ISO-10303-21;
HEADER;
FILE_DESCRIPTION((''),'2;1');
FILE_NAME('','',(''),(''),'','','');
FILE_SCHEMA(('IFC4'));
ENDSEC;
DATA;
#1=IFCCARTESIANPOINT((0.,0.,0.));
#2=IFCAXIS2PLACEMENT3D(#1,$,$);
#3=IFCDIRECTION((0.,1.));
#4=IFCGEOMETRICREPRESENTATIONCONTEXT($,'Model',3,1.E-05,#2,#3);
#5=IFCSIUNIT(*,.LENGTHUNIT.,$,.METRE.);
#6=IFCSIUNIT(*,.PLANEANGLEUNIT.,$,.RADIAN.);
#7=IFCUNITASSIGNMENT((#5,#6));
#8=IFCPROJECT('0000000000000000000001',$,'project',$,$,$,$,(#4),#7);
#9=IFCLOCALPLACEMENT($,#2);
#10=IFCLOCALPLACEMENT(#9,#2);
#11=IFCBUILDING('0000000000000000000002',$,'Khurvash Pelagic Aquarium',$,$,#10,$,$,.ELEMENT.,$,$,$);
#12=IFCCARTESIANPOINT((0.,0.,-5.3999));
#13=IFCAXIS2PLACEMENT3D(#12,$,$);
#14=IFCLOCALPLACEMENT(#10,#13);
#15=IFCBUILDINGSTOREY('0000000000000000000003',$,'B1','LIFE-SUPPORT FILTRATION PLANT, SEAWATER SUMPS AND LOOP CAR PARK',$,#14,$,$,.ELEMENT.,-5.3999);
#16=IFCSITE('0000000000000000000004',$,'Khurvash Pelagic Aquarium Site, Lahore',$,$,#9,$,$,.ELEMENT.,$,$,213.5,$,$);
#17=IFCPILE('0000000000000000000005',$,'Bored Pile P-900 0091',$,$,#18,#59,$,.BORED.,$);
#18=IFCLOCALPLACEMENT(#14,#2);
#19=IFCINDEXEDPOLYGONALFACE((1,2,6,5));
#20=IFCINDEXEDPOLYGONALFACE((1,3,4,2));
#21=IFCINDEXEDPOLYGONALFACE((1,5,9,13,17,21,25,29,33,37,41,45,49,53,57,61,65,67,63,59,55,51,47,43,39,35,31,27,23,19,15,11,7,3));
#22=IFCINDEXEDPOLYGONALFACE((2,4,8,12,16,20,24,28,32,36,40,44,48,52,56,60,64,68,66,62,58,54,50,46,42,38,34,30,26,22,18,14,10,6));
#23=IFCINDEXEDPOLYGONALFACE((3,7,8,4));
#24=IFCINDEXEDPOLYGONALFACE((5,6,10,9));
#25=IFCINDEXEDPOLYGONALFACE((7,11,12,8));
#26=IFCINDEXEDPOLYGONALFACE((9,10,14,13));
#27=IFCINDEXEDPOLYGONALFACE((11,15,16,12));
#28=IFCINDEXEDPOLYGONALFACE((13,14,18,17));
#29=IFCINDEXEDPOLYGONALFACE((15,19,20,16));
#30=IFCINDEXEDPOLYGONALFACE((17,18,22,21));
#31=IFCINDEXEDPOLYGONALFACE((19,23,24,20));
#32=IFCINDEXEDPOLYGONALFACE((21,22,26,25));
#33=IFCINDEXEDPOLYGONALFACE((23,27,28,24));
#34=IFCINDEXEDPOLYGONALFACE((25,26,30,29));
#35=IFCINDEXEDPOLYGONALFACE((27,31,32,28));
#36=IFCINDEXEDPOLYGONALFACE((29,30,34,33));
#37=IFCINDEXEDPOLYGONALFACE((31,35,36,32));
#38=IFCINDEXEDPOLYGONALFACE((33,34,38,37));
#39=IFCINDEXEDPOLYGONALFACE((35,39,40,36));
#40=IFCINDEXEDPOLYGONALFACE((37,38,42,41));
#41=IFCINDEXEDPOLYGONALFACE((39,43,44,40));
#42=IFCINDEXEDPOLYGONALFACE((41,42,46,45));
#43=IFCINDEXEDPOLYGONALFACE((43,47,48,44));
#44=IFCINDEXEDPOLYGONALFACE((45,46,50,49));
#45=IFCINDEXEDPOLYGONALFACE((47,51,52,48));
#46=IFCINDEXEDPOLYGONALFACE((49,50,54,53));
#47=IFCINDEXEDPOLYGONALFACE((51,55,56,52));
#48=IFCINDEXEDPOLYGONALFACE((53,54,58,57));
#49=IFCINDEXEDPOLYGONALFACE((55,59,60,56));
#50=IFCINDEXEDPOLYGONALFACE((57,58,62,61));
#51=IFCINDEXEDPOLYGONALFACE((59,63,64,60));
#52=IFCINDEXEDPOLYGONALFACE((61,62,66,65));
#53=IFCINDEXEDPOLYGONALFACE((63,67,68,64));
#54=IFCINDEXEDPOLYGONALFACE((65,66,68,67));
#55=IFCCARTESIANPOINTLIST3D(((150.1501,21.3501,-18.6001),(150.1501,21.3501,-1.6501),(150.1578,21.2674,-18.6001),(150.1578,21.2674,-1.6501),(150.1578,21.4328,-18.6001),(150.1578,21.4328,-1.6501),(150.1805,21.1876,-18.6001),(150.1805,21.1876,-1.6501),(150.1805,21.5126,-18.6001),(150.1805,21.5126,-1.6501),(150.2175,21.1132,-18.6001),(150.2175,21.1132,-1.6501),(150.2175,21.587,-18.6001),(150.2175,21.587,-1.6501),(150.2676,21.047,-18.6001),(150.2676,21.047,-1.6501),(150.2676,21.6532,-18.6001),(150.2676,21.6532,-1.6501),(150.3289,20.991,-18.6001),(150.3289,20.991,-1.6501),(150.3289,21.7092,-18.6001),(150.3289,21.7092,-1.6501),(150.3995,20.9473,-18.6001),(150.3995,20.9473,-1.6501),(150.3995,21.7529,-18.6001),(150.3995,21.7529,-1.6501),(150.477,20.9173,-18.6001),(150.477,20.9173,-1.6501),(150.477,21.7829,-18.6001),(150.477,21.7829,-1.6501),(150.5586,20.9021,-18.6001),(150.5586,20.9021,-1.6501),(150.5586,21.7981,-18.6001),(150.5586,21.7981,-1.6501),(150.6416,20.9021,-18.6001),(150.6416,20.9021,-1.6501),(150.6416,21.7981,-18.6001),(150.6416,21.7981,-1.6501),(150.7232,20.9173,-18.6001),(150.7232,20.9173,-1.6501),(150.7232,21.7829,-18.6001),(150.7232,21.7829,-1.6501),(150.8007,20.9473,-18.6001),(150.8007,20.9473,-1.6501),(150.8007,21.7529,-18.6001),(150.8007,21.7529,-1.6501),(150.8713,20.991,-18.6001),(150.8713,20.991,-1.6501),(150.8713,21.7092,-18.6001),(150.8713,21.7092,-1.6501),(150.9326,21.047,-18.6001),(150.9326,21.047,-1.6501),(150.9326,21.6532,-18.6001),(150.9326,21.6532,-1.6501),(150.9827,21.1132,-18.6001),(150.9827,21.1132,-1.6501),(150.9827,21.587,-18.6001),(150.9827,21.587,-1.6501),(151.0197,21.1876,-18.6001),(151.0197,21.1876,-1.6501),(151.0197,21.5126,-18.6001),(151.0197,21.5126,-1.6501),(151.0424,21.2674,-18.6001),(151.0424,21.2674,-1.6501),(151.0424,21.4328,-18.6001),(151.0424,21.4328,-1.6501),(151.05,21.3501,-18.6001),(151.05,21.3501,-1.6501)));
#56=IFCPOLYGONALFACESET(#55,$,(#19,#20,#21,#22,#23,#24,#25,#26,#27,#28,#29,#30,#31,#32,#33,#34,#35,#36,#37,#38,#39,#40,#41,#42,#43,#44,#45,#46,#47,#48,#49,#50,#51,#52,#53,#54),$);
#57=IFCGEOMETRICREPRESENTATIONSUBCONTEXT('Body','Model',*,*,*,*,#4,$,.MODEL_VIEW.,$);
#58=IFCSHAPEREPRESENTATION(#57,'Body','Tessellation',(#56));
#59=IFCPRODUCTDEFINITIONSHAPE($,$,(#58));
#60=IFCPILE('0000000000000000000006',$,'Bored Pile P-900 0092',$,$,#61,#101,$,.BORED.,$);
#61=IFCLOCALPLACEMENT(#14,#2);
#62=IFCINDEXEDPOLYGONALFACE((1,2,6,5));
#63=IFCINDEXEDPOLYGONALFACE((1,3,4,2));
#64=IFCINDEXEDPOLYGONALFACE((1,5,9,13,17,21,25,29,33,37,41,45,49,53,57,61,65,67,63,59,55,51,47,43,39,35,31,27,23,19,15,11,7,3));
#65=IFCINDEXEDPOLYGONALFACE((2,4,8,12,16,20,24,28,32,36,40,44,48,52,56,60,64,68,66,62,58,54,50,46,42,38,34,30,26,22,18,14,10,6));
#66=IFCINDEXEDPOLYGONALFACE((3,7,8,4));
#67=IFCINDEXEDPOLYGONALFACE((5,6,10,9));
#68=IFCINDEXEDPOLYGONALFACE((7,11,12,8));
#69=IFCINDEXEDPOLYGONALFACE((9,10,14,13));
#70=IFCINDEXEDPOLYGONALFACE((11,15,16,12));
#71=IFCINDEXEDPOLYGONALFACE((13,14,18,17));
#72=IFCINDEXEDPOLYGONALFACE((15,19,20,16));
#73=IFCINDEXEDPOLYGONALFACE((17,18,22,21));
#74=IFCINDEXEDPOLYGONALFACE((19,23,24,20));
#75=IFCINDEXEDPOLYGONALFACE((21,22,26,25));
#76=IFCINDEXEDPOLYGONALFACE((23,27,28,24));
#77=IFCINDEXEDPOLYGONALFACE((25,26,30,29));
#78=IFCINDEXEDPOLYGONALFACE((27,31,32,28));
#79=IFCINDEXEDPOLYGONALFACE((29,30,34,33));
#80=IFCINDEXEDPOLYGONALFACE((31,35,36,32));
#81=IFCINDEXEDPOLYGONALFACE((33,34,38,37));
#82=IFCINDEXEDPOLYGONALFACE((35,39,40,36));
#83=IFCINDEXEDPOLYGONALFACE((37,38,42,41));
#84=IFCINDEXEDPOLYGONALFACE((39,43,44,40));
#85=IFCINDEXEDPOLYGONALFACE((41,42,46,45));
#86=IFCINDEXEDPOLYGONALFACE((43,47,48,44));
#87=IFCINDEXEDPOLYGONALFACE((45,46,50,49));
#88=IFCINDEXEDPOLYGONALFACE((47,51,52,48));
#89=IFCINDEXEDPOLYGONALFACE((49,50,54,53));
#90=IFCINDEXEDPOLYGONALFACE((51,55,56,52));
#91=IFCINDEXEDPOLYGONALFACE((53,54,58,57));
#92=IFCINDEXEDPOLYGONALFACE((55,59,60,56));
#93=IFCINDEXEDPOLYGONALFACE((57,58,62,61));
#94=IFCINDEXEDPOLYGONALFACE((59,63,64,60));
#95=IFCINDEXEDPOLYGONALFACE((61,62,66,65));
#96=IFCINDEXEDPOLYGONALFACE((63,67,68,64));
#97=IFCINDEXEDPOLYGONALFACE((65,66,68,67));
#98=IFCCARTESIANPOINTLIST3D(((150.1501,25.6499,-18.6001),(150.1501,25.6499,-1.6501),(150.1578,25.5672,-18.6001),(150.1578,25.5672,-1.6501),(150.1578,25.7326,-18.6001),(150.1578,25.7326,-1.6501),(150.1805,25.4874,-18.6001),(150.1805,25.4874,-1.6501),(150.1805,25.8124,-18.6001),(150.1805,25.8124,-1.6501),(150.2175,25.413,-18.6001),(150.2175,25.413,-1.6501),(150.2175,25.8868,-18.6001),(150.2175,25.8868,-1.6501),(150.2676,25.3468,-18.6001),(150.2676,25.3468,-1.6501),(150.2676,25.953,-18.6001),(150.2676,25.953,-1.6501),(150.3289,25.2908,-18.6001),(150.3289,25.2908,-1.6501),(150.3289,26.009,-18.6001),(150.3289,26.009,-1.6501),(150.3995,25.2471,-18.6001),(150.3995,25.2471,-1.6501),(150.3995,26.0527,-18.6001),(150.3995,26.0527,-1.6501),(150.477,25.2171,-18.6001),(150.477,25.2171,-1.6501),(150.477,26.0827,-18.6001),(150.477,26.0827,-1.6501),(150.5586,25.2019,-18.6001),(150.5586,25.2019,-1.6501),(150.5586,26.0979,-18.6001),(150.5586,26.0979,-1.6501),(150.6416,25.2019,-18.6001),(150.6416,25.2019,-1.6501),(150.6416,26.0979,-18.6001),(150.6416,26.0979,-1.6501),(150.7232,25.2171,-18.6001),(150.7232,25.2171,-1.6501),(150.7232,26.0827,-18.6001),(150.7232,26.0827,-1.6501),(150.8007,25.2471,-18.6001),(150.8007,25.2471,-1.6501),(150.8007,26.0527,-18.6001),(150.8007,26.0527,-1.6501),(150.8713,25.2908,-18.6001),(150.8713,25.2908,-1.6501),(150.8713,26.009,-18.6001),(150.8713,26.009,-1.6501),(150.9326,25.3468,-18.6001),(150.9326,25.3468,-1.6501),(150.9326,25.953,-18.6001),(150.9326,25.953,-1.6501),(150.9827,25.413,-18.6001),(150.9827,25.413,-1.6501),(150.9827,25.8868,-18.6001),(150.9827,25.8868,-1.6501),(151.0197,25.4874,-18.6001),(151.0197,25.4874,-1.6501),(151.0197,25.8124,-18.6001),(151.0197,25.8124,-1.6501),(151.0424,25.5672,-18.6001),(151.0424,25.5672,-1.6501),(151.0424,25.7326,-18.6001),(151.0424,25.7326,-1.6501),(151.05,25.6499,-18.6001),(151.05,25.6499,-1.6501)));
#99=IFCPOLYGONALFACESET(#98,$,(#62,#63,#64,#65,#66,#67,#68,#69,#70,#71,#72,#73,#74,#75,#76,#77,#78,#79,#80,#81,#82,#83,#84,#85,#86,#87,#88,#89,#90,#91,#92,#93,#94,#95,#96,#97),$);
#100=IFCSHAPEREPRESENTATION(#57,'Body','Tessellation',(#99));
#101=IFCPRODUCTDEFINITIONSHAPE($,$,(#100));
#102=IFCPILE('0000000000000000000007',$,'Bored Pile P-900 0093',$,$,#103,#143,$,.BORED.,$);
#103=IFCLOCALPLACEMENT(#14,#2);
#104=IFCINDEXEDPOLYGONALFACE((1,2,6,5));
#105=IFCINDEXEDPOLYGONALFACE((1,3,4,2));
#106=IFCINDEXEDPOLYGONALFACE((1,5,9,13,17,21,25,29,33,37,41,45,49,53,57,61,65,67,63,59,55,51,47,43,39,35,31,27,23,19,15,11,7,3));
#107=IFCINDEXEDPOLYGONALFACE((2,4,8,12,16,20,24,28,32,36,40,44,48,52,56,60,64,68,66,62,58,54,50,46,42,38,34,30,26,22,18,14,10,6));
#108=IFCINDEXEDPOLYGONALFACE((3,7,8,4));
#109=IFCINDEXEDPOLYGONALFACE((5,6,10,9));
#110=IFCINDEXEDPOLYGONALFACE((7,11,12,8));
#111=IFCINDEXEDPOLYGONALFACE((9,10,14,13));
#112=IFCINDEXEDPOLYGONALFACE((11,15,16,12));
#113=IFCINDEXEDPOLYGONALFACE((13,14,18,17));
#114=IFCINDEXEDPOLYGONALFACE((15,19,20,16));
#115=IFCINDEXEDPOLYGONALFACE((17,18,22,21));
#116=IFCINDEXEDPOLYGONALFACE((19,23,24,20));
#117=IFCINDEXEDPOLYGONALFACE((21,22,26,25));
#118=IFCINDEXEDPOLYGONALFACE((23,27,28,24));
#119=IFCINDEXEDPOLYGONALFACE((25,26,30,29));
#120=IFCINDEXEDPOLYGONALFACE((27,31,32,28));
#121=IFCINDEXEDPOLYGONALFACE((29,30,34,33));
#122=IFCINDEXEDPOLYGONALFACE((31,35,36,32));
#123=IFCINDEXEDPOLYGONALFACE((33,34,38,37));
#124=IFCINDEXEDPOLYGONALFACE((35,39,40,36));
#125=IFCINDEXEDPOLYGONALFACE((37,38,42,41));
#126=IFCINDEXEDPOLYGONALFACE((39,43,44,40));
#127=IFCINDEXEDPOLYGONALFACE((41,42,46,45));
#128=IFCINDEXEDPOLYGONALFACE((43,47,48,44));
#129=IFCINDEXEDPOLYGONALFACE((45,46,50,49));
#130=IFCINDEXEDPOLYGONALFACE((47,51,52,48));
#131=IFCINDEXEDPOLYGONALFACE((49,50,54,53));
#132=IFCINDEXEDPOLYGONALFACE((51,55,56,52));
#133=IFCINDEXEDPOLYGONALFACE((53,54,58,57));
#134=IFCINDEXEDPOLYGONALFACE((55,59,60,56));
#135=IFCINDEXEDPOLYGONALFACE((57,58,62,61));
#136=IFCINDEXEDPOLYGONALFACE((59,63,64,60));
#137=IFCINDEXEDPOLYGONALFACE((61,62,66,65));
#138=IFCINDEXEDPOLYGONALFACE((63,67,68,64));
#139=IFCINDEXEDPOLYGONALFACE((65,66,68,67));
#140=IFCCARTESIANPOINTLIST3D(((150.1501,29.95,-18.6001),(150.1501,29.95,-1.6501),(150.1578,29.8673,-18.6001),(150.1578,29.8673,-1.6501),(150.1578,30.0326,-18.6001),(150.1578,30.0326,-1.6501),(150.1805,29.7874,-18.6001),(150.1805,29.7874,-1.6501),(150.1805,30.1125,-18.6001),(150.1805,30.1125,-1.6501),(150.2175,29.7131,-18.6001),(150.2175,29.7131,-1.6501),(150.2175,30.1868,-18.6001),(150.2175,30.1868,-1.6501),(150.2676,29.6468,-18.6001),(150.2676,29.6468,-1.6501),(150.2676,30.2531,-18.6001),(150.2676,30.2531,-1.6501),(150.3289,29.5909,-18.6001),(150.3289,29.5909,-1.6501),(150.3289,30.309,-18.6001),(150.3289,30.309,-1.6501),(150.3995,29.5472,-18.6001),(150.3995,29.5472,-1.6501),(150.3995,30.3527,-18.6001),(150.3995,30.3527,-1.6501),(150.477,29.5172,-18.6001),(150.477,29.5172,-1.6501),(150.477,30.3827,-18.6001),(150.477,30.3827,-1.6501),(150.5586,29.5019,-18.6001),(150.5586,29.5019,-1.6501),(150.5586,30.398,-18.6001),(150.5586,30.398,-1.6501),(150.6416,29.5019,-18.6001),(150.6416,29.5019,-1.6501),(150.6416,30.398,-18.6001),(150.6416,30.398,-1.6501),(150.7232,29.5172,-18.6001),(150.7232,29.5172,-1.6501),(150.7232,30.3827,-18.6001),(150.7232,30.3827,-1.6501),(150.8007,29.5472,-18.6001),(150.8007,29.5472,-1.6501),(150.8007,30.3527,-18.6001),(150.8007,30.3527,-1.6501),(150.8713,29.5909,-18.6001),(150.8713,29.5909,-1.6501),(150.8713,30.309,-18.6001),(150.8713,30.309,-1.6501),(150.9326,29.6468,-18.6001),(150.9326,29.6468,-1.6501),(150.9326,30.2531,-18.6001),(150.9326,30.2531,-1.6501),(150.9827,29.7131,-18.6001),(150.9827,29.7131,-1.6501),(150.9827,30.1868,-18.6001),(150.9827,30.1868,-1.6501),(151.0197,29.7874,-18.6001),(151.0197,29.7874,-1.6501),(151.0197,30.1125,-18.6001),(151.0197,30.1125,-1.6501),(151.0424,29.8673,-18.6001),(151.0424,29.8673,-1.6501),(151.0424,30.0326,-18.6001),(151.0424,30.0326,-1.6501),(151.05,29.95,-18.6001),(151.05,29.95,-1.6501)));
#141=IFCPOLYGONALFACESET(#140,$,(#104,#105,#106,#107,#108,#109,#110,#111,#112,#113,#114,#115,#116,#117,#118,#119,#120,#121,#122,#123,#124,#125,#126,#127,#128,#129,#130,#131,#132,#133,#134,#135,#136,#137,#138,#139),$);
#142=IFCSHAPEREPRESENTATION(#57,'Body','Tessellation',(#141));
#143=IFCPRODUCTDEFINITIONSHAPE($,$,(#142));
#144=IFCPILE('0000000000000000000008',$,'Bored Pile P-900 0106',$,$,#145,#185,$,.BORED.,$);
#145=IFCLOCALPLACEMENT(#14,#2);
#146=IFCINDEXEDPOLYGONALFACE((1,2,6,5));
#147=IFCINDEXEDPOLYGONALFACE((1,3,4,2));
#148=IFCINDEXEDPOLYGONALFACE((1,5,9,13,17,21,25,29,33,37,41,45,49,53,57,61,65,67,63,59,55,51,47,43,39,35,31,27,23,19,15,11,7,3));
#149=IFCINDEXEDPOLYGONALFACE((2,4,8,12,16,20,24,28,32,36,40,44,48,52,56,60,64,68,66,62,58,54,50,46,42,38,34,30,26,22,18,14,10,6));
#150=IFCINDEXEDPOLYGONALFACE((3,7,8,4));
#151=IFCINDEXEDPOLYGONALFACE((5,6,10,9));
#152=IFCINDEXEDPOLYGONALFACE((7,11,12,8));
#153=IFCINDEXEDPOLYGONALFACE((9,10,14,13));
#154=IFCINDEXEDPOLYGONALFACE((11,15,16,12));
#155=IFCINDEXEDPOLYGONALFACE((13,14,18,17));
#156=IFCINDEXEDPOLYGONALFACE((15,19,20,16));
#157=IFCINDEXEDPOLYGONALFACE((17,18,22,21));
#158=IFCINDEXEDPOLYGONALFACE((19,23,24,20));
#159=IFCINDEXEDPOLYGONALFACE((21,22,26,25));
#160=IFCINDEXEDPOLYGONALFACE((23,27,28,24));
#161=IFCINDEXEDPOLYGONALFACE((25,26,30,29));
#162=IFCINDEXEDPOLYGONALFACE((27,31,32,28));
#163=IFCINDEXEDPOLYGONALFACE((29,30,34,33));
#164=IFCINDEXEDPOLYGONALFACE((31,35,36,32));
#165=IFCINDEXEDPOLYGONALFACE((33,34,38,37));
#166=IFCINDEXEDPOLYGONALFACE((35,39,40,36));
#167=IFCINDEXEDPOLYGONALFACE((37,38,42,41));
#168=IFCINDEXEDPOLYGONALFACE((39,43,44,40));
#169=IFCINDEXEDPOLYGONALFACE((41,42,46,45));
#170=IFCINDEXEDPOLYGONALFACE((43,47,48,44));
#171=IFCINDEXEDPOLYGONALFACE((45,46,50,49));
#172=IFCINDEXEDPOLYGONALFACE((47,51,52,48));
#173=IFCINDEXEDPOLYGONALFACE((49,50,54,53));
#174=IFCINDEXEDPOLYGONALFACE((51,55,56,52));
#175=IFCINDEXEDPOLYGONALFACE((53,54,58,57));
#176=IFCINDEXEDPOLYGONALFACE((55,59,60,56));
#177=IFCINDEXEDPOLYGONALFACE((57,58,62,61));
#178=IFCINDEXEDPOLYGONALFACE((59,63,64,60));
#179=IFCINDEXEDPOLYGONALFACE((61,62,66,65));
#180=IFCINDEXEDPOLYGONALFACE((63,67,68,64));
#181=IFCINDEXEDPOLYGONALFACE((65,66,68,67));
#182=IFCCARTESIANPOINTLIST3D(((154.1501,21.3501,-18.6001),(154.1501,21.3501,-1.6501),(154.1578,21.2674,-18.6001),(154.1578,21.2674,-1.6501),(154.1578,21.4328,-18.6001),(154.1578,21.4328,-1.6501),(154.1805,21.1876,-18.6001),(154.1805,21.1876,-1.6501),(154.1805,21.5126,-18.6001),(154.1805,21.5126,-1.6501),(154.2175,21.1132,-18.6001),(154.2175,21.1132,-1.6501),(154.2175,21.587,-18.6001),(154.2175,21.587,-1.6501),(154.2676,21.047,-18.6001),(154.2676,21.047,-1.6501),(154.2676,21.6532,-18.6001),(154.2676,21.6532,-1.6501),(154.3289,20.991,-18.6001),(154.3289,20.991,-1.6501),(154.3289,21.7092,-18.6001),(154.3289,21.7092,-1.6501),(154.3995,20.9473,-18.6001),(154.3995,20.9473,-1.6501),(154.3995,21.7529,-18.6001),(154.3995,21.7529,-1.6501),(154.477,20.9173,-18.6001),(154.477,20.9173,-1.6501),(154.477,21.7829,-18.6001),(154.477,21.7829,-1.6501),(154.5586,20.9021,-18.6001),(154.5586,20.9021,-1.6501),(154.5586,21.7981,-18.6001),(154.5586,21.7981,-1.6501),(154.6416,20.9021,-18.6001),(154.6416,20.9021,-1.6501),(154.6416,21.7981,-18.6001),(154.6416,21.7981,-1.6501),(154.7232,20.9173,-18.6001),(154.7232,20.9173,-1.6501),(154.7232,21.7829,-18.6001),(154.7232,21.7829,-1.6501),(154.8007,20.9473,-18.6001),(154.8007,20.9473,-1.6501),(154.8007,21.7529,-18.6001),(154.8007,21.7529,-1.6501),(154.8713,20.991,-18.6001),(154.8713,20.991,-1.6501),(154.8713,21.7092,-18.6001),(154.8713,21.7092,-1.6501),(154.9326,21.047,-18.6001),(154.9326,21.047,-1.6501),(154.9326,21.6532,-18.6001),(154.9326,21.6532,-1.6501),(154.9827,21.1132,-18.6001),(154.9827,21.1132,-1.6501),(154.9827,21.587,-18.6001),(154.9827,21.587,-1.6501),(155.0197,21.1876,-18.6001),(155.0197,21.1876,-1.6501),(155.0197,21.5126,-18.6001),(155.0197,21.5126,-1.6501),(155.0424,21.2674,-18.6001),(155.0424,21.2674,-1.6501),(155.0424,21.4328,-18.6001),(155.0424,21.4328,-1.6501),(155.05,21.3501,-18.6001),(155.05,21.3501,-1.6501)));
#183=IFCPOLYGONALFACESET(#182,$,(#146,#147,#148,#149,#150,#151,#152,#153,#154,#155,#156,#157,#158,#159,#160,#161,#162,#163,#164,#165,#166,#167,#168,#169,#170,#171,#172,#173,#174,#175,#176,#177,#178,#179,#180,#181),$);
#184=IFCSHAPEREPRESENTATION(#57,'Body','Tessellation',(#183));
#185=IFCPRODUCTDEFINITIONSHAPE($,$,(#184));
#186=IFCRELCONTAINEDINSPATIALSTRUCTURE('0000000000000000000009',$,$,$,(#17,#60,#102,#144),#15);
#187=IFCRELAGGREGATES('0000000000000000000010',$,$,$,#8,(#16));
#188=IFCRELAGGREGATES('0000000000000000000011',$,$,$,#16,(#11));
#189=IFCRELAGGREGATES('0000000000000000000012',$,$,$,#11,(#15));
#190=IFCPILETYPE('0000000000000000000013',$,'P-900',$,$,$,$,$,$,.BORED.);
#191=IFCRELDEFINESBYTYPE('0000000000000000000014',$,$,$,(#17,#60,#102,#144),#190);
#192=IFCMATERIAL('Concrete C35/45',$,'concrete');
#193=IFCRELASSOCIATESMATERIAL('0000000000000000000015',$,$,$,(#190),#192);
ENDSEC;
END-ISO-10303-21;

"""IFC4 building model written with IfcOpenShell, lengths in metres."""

from ifc_helpers import new_model, si_unit, direction, frame, origin, origin_2d, place, context, subcontext, project, spatial, circle, extrude, material, material_profile, profile_set, type_object, element, save


model = new_model("IFC4")

# Units and contexts
model_context = context("Model", 3, precision=1e-05, world=origin(), true_north=direction((0.0, 1.0)))
body_context = subcontext(model_context, "Body", "Model", "MODEL_VIEW")
ifc_project = project(units=[si_unit("LENGTHUNIT", "METRE"), si_unit("PLANEANGLEUNIT", "RADIAN")], contexts=[model_context])

# Site, building, storey
site_placement = place(None, origin())
site = spatial("IfcSite", under=ifc_project, at=site_placement, Name="Khurvash Pelagic Aquarium Site, Lahore", CompositionType="ELEMENT", RefElevation=213.5)
building_placement = place(site_placement, origin())
building = spatial("IfcBuilding", under=site, at=building_placement, Name="Khurvash Pelagic Aquarium", CompositionType="ELEMENT")
storey_placement = place(building_placement, frame((0.0, 0.0, -5.3999)))
storey = spatial("IfcBuildingStorey", under=building, at=storey_placement, Name="B1", Description="LIFE-SUPPORT FILTRATION PLANT, SEAWATER SUMPS AND LOOP CAR PARK", CompositionType="ELEMENT", Elevation=-5.3999)

# Piles
ifc_material_1 = material(Name="Concrete C35/45", Category="concrete")
ifc_material_profile_1 = material_profile(ifc_material_1, circle(Radius=0.45, at=origin_2d()), Name="PILE900")
ifc_profile_set_1 = profile_set([ifc_material_profile_1], Name="Concrete C35/45")
pile_type = type_object("IfcPileType", Name="P-900", PredefinedType="BORED", material=ifc_profile_set_1)
for number, where, z_axis, x_axis, name in (
    (1, (150.6001, 21.3501, -1.6501), (0.0, 0.0, -1.0), (1.0, 0.0, 0.0), "Bored Pile P-900 0091"),
    (2, (150.6001, 25.6499, -1.6501), (0.0, 0.0, -1.0), (1.0, 0.0, 0.0), "Bored Pile P-900 0092"),
    (3, (150.6001, 29.95, -1.6501), (0.0, 0.0, -1.0), (1.0, 0.0, 0.0), "Bored Pile P-900 0093"),
    (4, (154.6001, 21.3501, -1.6501), (0.0, 0.0, -1.0), (1.0, 0.0, 0.0), "Bored Pile P-900 0106"),
):
    element("IfcPile", number, at=place(storey_placement, frame(where, z_axis=z_axis, x_axis=x_axis)), inside=storey, type_object=pile_type, Name=name, PredefinedType="BORED", context=body_context, shape_type="SweptSolid", body=[
        extrude(circle(Radius=0.45, at=origin_2d()), origin(), (0.0, 0.0, 1.0), 16.95),
    ])

save(model, "model.ifc")
